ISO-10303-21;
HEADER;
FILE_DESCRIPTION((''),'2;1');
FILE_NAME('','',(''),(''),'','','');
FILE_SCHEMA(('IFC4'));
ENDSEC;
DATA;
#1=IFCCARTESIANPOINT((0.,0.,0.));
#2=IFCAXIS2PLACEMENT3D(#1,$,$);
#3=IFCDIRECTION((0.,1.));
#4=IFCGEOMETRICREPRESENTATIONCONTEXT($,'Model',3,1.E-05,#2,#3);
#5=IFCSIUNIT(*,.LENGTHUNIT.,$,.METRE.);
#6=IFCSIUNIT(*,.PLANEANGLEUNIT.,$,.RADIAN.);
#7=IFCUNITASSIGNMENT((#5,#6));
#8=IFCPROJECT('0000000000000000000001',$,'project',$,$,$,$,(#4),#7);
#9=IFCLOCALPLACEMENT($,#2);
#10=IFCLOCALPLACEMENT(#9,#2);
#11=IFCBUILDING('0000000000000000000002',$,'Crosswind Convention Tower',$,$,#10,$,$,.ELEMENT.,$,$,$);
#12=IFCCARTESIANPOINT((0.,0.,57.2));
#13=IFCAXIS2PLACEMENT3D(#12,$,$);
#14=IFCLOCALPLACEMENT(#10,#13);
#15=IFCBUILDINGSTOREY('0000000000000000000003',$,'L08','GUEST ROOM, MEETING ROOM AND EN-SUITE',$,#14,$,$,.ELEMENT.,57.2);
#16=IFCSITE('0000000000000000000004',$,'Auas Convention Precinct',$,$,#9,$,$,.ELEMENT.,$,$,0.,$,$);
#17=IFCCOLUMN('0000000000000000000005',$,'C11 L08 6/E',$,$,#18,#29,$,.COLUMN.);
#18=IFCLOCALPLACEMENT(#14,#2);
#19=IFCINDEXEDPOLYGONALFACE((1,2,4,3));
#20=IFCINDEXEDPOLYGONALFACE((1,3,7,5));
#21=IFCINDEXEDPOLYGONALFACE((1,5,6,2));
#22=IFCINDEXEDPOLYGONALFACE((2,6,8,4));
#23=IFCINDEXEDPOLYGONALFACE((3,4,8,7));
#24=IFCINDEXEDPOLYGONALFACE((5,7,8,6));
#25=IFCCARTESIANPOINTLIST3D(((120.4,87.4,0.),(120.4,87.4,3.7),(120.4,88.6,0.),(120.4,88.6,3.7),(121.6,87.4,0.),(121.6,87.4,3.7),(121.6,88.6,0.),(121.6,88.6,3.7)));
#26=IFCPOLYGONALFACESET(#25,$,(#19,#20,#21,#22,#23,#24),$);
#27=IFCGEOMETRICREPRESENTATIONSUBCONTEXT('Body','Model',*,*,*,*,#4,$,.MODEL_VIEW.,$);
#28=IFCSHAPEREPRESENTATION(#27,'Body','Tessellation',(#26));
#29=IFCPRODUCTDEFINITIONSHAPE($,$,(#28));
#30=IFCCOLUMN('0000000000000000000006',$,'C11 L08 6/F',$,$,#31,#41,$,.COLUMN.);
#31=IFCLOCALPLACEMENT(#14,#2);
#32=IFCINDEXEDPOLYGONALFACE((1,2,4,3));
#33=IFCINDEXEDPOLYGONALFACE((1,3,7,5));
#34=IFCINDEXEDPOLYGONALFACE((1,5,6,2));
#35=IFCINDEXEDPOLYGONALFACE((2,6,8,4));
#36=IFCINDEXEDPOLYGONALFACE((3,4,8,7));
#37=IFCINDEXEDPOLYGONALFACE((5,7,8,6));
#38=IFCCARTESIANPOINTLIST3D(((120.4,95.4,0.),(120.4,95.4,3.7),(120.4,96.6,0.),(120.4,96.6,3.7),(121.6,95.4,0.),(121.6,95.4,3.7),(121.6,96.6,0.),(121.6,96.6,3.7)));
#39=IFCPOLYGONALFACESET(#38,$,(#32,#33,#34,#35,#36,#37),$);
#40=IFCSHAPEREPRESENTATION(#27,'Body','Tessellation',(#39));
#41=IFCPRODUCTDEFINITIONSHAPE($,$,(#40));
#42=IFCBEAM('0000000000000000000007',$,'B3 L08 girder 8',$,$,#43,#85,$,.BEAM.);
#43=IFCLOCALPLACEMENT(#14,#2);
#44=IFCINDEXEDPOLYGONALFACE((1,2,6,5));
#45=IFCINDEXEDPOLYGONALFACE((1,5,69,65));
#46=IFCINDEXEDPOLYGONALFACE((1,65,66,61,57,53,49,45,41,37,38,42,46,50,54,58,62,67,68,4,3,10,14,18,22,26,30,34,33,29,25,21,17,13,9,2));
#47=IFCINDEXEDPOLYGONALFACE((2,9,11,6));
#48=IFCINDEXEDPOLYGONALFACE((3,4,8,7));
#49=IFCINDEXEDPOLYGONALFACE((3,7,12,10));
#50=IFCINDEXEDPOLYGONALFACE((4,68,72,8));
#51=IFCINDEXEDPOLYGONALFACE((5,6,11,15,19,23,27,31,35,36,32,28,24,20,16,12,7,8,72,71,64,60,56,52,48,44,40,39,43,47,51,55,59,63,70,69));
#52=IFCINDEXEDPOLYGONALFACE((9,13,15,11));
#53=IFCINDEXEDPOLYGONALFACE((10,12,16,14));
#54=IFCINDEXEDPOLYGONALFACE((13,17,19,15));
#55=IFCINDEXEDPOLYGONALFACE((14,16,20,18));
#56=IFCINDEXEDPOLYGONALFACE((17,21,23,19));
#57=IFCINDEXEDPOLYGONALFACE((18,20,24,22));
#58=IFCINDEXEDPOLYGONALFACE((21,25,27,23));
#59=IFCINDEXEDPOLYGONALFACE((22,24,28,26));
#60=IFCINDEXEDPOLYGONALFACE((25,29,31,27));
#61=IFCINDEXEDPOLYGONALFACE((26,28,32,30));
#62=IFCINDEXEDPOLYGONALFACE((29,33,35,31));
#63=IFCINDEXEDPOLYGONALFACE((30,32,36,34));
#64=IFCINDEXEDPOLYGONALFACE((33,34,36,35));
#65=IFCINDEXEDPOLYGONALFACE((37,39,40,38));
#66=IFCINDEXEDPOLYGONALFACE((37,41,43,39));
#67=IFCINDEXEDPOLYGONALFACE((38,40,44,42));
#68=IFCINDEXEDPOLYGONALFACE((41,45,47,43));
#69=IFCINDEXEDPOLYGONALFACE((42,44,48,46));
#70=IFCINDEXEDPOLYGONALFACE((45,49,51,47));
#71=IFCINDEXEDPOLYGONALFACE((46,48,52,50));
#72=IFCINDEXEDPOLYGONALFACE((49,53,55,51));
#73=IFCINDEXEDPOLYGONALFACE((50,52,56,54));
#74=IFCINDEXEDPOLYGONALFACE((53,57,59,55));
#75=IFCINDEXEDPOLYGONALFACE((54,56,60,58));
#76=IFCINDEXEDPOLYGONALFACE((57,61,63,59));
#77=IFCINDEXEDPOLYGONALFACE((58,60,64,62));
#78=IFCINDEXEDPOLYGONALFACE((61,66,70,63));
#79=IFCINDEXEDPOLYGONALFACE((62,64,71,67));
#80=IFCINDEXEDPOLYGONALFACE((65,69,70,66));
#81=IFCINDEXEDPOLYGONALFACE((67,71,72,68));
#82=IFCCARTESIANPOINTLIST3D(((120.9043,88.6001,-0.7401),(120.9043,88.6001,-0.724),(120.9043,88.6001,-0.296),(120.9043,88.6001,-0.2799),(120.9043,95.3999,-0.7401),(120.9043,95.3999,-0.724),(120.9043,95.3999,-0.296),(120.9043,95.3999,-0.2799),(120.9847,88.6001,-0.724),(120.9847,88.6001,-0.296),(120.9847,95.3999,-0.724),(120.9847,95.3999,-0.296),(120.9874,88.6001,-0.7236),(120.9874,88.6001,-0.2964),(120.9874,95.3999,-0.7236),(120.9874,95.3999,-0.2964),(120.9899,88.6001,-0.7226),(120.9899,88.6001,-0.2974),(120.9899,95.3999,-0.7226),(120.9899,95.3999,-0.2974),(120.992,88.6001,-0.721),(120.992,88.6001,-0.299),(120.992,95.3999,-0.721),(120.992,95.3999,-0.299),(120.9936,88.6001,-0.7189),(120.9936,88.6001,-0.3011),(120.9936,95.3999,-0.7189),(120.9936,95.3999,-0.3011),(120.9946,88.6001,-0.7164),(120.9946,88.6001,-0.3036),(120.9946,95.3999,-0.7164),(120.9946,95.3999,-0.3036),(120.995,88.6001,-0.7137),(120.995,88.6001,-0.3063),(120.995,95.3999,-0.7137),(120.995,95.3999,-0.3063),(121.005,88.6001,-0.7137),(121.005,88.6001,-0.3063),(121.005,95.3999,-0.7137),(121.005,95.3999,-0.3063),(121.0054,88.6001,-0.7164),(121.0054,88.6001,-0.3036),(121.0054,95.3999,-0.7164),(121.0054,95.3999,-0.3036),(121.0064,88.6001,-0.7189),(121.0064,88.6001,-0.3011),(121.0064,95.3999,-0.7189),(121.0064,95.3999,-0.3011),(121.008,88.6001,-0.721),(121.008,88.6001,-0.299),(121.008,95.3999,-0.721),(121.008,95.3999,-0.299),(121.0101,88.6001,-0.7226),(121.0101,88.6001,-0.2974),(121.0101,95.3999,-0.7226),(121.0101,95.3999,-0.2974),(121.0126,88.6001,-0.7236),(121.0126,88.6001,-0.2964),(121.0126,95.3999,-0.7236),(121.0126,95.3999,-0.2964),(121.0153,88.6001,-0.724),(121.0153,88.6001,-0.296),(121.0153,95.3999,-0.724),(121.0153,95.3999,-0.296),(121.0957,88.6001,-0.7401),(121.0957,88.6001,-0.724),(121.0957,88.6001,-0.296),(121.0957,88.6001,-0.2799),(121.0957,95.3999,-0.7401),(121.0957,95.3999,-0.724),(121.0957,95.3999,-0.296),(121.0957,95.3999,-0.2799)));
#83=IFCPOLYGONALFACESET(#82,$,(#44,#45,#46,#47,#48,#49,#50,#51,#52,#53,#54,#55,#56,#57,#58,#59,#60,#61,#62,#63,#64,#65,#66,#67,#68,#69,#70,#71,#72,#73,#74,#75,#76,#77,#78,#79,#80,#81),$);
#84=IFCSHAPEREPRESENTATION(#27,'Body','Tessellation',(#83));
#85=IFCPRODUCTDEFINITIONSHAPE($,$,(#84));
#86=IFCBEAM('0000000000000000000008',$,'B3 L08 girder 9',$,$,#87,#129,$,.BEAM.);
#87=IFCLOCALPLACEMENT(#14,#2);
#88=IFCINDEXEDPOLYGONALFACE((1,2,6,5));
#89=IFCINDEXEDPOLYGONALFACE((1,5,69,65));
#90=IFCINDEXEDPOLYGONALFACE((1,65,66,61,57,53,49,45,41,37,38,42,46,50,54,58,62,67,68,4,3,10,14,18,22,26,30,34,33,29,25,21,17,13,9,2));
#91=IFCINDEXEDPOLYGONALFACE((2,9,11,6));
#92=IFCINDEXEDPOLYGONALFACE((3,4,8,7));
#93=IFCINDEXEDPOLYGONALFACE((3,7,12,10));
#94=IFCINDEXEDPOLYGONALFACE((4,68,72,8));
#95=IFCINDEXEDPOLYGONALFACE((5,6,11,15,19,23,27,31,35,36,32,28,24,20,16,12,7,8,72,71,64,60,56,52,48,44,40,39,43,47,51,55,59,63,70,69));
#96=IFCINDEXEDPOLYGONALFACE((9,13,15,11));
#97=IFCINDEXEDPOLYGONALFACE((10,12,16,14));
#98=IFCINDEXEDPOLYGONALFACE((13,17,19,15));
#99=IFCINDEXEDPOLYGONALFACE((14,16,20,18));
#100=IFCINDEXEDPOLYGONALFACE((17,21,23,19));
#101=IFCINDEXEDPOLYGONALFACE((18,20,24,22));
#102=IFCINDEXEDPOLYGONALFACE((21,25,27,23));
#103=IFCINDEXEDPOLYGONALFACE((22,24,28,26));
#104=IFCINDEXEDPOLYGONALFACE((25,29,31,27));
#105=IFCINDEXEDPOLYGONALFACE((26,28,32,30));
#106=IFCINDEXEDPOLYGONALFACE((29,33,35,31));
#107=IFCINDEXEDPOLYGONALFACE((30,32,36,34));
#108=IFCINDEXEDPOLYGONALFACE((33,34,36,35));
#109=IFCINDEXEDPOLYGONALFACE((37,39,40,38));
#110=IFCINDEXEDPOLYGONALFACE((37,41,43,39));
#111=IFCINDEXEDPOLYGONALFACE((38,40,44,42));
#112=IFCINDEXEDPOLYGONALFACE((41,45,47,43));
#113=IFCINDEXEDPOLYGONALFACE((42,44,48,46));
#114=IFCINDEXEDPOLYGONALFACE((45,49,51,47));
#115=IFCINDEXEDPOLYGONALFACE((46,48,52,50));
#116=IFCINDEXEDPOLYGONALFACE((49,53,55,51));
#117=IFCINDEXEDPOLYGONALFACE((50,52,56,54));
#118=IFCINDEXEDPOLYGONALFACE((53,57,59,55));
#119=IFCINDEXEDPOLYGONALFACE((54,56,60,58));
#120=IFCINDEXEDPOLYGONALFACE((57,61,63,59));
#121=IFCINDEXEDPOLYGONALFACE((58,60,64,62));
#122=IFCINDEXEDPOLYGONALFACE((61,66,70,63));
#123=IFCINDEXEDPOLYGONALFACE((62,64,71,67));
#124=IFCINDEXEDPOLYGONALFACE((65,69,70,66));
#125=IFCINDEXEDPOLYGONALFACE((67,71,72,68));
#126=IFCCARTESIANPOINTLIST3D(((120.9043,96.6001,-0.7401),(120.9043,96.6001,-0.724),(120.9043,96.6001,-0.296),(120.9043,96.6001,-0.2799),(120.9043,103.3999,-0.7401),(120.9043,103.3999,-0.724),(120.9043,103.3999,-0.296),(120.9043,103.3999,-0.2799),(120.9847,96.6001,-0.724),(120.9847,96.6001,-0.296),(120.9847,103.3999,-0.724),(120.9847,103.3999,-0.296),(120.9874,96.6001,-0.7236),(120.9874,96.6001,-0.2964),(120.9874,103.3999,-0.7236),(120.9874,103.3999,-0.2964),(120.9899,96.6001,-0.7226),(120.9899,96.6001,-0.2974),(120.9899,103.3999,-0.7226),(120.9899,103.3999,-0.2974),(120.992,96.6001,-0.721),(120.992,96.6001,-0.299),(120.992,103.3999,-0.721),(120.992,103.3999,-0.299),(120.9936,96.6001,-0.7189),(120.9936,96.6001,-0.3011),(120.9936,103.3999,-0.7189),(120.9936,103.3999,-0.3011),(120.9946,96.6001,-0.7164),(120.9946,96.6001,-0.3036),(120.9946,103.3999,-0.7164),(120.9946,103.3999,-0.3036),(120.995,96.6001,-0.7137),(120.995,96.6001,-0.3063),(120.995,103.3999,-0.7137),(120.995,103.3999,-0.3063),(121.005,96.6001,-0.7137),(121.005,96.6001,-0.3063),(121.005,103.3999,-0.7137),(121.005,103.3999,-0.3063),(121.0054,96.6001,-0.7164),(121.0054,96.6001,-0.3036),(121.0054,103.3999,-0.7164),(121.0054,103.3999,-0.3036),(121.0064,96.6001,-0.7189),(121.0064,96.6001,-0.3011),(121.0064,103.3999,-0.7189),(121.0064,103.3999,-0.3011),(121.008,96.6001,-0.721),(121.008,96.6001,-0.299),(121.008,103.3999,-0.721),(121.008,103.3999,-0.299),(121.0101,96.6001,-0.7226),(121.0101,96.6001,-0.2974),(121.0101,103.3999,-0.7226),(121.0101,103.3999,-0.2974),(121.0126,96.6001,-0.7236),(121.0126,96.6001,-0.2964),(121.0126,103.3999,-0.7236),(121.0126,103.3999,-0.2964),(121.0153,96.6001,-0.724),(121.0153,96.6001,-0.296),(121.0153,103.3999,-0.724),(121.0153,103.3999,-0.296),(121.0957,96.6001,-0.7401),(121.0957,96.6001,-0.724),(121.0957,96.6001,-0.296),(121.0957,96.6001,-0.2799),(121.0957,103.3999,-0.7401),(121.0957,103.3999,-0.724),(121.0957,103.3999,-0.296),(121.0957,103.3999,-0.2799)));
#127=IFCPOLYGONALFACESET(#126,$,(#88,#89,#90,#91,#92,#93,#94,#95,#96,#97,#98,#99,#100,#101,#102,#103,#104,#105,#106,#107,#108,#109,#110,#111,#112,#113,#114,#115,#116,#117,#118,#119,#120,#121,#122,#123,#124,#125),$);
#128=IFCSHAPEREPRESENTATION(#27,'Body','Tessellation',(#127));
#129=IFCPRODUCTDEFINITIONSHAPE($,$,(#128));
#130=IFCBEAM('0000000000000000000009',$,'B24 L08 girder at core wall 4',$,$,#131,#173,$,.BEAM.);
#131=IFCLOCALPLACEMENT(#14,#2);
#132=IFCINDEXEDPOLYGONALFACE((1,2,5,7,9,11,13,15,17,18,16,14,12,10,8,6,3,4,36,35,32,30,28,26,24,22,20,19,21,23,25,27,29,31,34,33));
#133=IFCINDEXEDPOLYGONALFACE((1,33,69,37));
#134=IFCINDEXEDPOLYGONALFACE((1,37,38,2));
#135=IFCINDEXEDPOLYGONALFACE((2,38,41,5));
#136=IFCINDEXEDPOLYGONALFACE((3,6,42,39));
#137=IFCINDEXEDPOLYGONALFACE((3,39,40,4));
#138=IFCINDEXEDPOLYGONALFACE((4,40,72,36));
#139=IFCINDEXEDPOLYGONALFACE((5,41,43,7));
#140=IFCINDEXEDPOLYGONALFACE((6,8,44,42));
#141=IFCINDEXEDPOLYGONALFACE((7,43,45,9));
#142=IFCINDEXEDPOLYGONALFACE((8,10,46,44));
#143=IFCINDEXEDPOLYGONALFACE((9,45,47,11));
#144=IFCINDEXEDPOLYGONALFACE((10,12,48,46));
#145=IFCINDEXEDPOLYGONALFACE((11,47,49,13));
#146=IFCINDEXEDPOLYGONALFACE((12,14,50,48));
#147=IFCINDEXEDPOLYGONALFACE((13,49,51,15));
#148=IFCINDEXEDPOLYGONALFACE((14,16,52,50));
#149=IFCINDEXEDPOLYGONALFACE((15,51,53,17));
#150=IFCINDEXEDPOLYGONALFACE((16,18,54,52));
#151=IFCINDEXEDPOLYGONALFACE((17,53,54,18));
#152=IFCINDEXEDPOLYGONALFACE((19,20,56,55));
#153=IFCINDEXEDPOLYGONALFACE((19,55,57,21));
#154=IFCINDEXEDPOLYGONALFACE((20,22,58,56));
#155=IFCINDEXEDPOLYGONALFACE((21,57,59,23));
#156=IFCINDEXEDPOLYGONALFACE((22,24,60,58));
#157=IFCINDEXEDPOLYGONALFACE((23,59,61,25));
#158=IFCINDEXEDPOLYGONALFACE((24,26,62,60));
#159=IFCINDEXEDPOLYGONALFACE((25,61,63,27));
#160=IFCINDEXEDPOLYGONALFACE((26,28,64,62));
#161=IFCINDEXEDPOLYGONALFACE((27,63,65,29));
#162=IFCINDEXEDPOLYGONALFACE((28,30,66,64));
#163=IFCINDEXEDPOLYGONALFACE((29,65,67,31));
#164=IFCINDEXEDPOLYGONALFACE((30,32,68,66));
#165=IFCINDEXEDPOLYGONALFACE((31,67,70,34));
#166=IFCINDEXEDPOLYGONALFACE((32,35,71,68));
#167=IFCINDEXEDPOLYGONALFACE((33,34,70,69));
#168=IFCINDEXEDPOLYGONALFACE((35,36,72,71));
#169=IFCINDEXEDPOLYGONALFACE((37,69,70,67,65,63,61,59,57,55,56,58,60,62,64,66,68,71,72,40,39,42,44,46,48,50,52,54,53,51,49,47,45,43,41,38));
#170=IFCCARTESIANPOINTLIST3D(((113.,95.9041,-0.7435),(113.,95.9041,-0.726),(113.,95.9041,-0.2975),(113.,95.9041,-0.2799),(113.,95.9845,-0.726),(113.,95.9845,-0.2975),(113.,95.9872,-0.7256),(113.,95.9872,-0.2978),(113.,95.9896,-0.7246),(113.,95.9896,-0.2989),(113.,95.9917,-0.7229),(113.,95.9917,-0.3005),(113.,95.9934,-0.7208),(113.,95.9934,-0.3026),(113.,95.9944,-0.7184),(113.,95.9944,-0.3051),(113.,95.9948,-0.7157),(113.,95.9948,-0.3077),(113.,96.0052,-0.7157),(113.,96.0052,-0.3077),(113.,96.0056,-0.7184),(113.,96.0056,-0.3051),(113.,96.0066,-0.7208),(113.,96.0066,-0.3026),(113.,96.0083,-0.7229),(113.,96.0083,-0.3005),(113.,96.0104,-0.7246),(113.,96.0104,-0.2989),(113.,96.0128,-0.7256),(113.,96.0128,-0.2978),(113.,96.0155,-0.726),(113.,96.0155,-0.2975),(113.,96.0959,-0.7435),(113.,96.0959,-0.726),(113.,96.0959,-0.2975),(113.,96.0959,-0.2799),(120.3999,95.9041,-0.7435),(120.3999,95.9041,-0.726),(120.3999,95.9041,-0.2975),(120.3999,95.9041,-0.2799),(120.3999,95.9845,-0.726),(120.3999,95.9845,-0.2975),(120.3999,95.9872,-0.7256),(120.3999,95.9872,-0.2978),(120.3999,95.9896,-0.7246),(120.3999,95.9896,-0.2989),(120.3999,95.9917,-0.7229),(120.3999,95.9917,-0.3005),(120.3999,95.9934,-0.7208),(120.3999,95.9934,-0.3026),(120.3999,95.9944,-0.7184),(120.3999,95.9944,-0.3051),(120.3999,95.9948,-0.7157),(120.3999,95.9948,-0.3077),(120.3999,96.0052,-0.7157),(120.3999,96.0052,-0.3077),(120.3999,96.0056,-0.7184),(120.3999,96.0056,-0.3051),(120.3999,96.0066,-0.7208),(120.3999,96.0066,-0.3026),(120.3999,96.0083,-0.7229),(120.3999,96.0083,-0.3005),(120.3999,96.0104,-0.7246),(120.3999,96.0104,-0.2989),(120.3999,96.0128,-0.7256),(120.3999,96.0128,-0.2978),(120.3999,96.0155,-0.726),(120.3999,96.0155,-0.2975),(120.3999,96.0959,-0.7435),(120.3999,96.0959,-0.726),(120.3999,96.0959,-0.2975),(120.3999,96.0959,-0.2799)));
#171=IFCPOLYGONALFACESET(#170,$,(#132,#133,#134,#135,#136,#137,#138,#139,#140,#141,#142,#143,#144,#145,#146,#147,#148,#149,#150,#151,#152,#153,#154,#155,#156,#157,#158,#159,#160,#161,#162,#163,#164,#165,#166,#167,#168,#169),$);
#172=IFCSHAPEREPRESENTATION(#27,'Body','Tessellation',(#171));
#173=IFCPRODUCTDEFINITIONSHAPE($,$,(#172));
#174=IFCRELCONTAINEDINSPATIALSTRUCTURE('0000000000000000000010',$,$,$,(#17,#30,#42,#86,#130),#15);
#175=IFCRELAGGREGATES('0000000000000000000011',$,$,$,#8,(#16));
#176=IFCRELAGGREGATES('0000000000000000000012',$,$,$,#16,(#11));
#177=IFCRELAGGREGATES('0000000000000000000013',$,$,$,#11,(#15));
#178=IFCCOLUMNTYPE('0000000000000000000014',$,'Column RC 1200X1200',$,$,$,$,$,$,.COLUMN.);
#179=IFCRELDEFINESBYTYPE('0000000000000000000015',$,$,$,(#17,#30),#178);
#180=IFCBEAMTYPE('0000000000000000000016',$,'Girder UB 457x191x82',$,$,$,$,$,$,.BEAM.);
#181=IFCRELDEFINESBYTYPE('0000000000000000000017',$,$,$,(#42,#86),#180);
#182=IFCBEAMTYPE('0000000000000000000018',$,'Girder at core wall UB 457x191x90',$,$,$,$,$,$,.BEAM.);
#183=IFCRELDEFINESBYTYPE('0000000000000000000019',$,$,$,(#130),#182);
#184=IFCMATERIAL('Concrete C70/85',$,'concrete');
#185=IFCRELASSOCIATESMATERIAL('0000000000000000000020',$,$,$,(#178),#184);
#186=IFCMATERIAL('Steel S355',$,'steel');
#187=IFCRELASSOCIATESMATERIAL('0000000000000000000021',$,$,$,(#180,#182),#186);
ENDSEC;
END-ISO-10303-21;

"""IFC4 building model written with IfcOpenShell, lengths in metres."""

from ifc_helpers import new_model, si_unit, direction, frame, origin, origin_2d, place, context, subcontext, project, spatial, rectangle, i_section, extrude, material, material_profile, profile_set, type_object, element, save


model = new_model("IFC4")

# Units and contexts
model_context = context("Model", 3, precision=1e-05, world=origin(), true_north=direction((0.0, 1.0)))
body_context = subcontext(model_context, "Body", "Model", "MODEL_VIEW")
ifc_project = project(units=[si_unit("LENGTHUNIT", "METRE"), si_unit("PLANEANGLEUNIT", "RADIAN")], contexts=[model_context])

# Site, building, storey
site_placement = place(None, origin())
site = spatial("IfcSite", under=ifc_project, at=site_placement, Name="Auas Convention Precinct", CompositionType="ELEMENT", RefElevation=0.0)
building_placement = place(site_placement, origin())
building = spatial("IfcBuilding", under=site, at=building_placement, Name="Crosswind Convention Tower", CompositionType="ELEMENT")
storey_placement = place(building_placement, frame((0.0, 0.0, 57.2)))
storey = spatial("IfcBuildingStorey", under=building, at=storey_placement, Name="L08", Description="GUEST ROOM, MEETING ROOM AND EN-SUITE", CompositionType="ELEMENT", Elevation=57.2)

# Columns
ifc_material_1 = material(Name="Concrete C70/85", Category="concrete")
ifc_material_profile_1 = material_profile(ifc_material_1, rectangle(XDim=1.2, YDim=1.2, at=origin_2d()), Name="RC 1200X1200")
ifc_profile_set_1 = profile_set([ifc_material_profile_1], Name="Concrete C70/85")
column_type = type_object("IfcColumnType", Name="Column RC 1200X1200", PredefinedType="COLUMN", material=ifc_profile_set_1)
for number, where, z_axis, x_axis, name in (
    (1, (121.0, 88.0, 0.0), (0.0, 0.0, 1.0), (1.0, 0.0, 0.0), "C11 L08 6/E"),
    (2, (121.0, 96.0, 0.0), (0.0, 0.0, 1.0), (1.0, 0.0, 0.0), "C11 L08 6/F"),
):
    element("IfcColumn", number, at=place(storey_placement, frame(where, z_axis=z_axis, x_axis=x_axis)), inside=storey, type_object=column_type, Name=name, PredefinedType="COLUMN", context=body_context, shape_type="SweptSolid", body=[
        extrude(rectangle(XDim=1.2, YDim=1.2, at=origin_2d()), origin(), (0.0, 0.0, 1.0), 3.7),
    ])

# Beams
ifc_material_2 = material(Name="Steel S355", Category="steel")
ifc_material_profile_2 = material_profile(ifc_material_2, i_section(OverallWidth=0.1914, OverallDepth=0.4602, WebThickness=0.01, FlangeThickness=0.0161, FilletRadius=0.0103, at=origin_2d()), Name="UB 457x191x82")
ifc_profile_set_2 = profile_set([ifc_material_profile_2], Name="Steel S355")
beam_type_1 = type_object("IfcBeamType", Name="Girder UB 457x191x82", PredefinedType="BEAM", material=ifc_profile_set_2)
for number, where, z_axis, x_axis, name in (
    (3, (121.0, 88.6001, -0.51), (0.0, 1.0, 0.0), (-1.0, 0.0, 0.0), "B3 L08 girder 8"),
    (4, (121.0, 96.6001, -0.51), (0.0, 1.0, 0.0), (-1.0, 0.0, 0.0), "B3 L08 girder 9"),
):
    element("IfcBeam", number, at=place(storey_placement, frame(where, z_axis=z_axis, x_axis=x_axis)), inside=storey, type_object=beam_type_1, Name=name, PredefinedType="BEAM", context=body_context, shape_type="SweptSolid", body=[
        extrude(i_section(OverallWidth=0.1914, OverallDepth=0.4602, WebThickness=0.01, FlangeThickness=0.0161, FilletRadius=0.0103, at=origin_2d()), origin(), (0.0, 0.0, 1.0), 6.7998),
    ])
ifc_material_profile_3 = material_profile(ifc_material_2, i_section(OverallWidth=0.1919, OverallDepth=0.4636, WebThickness=0.0105, FlangeThickness=0.0176, FilletRadius=0.0103, at=origin_2d()), Name="UB 457x191x90")
ifc_profile_set_3 = profile_set([ifc_material_profile_3], Name="Steel S355")
beam_type_2 = type_object("IfcBeamType", Name="Girder at core wall UB 457x191x90", PredefinedType="BEAM", material=ifc_profile_set_3)
beam_1_placement = place(storey_placement, frame((113.0, 96.0, -0.5117), z_axis=(1.0, 0.0, 0.0), x_axis=(0.0, 1.0, 0.0)))
element("IfcBeam", 5, at=beam_1_placement, inside=storey, type_object=beam_type_2, Name="B24 L08 girder at core wall 4", PredefinedType="BEAM", context=body_context, shape_type="SweptSolid", body=[
    extrude(i_section(OverallWidth=0.1919, OverallDepth=0.4636, WebThickness=0.0105, FlangeThickness=0.0176, FilletRadius=0.0103, at=origin_2d()), origin(), (0.0, 0.0, 1.0), 7.3999),
])

save(model, "model.ifc")
